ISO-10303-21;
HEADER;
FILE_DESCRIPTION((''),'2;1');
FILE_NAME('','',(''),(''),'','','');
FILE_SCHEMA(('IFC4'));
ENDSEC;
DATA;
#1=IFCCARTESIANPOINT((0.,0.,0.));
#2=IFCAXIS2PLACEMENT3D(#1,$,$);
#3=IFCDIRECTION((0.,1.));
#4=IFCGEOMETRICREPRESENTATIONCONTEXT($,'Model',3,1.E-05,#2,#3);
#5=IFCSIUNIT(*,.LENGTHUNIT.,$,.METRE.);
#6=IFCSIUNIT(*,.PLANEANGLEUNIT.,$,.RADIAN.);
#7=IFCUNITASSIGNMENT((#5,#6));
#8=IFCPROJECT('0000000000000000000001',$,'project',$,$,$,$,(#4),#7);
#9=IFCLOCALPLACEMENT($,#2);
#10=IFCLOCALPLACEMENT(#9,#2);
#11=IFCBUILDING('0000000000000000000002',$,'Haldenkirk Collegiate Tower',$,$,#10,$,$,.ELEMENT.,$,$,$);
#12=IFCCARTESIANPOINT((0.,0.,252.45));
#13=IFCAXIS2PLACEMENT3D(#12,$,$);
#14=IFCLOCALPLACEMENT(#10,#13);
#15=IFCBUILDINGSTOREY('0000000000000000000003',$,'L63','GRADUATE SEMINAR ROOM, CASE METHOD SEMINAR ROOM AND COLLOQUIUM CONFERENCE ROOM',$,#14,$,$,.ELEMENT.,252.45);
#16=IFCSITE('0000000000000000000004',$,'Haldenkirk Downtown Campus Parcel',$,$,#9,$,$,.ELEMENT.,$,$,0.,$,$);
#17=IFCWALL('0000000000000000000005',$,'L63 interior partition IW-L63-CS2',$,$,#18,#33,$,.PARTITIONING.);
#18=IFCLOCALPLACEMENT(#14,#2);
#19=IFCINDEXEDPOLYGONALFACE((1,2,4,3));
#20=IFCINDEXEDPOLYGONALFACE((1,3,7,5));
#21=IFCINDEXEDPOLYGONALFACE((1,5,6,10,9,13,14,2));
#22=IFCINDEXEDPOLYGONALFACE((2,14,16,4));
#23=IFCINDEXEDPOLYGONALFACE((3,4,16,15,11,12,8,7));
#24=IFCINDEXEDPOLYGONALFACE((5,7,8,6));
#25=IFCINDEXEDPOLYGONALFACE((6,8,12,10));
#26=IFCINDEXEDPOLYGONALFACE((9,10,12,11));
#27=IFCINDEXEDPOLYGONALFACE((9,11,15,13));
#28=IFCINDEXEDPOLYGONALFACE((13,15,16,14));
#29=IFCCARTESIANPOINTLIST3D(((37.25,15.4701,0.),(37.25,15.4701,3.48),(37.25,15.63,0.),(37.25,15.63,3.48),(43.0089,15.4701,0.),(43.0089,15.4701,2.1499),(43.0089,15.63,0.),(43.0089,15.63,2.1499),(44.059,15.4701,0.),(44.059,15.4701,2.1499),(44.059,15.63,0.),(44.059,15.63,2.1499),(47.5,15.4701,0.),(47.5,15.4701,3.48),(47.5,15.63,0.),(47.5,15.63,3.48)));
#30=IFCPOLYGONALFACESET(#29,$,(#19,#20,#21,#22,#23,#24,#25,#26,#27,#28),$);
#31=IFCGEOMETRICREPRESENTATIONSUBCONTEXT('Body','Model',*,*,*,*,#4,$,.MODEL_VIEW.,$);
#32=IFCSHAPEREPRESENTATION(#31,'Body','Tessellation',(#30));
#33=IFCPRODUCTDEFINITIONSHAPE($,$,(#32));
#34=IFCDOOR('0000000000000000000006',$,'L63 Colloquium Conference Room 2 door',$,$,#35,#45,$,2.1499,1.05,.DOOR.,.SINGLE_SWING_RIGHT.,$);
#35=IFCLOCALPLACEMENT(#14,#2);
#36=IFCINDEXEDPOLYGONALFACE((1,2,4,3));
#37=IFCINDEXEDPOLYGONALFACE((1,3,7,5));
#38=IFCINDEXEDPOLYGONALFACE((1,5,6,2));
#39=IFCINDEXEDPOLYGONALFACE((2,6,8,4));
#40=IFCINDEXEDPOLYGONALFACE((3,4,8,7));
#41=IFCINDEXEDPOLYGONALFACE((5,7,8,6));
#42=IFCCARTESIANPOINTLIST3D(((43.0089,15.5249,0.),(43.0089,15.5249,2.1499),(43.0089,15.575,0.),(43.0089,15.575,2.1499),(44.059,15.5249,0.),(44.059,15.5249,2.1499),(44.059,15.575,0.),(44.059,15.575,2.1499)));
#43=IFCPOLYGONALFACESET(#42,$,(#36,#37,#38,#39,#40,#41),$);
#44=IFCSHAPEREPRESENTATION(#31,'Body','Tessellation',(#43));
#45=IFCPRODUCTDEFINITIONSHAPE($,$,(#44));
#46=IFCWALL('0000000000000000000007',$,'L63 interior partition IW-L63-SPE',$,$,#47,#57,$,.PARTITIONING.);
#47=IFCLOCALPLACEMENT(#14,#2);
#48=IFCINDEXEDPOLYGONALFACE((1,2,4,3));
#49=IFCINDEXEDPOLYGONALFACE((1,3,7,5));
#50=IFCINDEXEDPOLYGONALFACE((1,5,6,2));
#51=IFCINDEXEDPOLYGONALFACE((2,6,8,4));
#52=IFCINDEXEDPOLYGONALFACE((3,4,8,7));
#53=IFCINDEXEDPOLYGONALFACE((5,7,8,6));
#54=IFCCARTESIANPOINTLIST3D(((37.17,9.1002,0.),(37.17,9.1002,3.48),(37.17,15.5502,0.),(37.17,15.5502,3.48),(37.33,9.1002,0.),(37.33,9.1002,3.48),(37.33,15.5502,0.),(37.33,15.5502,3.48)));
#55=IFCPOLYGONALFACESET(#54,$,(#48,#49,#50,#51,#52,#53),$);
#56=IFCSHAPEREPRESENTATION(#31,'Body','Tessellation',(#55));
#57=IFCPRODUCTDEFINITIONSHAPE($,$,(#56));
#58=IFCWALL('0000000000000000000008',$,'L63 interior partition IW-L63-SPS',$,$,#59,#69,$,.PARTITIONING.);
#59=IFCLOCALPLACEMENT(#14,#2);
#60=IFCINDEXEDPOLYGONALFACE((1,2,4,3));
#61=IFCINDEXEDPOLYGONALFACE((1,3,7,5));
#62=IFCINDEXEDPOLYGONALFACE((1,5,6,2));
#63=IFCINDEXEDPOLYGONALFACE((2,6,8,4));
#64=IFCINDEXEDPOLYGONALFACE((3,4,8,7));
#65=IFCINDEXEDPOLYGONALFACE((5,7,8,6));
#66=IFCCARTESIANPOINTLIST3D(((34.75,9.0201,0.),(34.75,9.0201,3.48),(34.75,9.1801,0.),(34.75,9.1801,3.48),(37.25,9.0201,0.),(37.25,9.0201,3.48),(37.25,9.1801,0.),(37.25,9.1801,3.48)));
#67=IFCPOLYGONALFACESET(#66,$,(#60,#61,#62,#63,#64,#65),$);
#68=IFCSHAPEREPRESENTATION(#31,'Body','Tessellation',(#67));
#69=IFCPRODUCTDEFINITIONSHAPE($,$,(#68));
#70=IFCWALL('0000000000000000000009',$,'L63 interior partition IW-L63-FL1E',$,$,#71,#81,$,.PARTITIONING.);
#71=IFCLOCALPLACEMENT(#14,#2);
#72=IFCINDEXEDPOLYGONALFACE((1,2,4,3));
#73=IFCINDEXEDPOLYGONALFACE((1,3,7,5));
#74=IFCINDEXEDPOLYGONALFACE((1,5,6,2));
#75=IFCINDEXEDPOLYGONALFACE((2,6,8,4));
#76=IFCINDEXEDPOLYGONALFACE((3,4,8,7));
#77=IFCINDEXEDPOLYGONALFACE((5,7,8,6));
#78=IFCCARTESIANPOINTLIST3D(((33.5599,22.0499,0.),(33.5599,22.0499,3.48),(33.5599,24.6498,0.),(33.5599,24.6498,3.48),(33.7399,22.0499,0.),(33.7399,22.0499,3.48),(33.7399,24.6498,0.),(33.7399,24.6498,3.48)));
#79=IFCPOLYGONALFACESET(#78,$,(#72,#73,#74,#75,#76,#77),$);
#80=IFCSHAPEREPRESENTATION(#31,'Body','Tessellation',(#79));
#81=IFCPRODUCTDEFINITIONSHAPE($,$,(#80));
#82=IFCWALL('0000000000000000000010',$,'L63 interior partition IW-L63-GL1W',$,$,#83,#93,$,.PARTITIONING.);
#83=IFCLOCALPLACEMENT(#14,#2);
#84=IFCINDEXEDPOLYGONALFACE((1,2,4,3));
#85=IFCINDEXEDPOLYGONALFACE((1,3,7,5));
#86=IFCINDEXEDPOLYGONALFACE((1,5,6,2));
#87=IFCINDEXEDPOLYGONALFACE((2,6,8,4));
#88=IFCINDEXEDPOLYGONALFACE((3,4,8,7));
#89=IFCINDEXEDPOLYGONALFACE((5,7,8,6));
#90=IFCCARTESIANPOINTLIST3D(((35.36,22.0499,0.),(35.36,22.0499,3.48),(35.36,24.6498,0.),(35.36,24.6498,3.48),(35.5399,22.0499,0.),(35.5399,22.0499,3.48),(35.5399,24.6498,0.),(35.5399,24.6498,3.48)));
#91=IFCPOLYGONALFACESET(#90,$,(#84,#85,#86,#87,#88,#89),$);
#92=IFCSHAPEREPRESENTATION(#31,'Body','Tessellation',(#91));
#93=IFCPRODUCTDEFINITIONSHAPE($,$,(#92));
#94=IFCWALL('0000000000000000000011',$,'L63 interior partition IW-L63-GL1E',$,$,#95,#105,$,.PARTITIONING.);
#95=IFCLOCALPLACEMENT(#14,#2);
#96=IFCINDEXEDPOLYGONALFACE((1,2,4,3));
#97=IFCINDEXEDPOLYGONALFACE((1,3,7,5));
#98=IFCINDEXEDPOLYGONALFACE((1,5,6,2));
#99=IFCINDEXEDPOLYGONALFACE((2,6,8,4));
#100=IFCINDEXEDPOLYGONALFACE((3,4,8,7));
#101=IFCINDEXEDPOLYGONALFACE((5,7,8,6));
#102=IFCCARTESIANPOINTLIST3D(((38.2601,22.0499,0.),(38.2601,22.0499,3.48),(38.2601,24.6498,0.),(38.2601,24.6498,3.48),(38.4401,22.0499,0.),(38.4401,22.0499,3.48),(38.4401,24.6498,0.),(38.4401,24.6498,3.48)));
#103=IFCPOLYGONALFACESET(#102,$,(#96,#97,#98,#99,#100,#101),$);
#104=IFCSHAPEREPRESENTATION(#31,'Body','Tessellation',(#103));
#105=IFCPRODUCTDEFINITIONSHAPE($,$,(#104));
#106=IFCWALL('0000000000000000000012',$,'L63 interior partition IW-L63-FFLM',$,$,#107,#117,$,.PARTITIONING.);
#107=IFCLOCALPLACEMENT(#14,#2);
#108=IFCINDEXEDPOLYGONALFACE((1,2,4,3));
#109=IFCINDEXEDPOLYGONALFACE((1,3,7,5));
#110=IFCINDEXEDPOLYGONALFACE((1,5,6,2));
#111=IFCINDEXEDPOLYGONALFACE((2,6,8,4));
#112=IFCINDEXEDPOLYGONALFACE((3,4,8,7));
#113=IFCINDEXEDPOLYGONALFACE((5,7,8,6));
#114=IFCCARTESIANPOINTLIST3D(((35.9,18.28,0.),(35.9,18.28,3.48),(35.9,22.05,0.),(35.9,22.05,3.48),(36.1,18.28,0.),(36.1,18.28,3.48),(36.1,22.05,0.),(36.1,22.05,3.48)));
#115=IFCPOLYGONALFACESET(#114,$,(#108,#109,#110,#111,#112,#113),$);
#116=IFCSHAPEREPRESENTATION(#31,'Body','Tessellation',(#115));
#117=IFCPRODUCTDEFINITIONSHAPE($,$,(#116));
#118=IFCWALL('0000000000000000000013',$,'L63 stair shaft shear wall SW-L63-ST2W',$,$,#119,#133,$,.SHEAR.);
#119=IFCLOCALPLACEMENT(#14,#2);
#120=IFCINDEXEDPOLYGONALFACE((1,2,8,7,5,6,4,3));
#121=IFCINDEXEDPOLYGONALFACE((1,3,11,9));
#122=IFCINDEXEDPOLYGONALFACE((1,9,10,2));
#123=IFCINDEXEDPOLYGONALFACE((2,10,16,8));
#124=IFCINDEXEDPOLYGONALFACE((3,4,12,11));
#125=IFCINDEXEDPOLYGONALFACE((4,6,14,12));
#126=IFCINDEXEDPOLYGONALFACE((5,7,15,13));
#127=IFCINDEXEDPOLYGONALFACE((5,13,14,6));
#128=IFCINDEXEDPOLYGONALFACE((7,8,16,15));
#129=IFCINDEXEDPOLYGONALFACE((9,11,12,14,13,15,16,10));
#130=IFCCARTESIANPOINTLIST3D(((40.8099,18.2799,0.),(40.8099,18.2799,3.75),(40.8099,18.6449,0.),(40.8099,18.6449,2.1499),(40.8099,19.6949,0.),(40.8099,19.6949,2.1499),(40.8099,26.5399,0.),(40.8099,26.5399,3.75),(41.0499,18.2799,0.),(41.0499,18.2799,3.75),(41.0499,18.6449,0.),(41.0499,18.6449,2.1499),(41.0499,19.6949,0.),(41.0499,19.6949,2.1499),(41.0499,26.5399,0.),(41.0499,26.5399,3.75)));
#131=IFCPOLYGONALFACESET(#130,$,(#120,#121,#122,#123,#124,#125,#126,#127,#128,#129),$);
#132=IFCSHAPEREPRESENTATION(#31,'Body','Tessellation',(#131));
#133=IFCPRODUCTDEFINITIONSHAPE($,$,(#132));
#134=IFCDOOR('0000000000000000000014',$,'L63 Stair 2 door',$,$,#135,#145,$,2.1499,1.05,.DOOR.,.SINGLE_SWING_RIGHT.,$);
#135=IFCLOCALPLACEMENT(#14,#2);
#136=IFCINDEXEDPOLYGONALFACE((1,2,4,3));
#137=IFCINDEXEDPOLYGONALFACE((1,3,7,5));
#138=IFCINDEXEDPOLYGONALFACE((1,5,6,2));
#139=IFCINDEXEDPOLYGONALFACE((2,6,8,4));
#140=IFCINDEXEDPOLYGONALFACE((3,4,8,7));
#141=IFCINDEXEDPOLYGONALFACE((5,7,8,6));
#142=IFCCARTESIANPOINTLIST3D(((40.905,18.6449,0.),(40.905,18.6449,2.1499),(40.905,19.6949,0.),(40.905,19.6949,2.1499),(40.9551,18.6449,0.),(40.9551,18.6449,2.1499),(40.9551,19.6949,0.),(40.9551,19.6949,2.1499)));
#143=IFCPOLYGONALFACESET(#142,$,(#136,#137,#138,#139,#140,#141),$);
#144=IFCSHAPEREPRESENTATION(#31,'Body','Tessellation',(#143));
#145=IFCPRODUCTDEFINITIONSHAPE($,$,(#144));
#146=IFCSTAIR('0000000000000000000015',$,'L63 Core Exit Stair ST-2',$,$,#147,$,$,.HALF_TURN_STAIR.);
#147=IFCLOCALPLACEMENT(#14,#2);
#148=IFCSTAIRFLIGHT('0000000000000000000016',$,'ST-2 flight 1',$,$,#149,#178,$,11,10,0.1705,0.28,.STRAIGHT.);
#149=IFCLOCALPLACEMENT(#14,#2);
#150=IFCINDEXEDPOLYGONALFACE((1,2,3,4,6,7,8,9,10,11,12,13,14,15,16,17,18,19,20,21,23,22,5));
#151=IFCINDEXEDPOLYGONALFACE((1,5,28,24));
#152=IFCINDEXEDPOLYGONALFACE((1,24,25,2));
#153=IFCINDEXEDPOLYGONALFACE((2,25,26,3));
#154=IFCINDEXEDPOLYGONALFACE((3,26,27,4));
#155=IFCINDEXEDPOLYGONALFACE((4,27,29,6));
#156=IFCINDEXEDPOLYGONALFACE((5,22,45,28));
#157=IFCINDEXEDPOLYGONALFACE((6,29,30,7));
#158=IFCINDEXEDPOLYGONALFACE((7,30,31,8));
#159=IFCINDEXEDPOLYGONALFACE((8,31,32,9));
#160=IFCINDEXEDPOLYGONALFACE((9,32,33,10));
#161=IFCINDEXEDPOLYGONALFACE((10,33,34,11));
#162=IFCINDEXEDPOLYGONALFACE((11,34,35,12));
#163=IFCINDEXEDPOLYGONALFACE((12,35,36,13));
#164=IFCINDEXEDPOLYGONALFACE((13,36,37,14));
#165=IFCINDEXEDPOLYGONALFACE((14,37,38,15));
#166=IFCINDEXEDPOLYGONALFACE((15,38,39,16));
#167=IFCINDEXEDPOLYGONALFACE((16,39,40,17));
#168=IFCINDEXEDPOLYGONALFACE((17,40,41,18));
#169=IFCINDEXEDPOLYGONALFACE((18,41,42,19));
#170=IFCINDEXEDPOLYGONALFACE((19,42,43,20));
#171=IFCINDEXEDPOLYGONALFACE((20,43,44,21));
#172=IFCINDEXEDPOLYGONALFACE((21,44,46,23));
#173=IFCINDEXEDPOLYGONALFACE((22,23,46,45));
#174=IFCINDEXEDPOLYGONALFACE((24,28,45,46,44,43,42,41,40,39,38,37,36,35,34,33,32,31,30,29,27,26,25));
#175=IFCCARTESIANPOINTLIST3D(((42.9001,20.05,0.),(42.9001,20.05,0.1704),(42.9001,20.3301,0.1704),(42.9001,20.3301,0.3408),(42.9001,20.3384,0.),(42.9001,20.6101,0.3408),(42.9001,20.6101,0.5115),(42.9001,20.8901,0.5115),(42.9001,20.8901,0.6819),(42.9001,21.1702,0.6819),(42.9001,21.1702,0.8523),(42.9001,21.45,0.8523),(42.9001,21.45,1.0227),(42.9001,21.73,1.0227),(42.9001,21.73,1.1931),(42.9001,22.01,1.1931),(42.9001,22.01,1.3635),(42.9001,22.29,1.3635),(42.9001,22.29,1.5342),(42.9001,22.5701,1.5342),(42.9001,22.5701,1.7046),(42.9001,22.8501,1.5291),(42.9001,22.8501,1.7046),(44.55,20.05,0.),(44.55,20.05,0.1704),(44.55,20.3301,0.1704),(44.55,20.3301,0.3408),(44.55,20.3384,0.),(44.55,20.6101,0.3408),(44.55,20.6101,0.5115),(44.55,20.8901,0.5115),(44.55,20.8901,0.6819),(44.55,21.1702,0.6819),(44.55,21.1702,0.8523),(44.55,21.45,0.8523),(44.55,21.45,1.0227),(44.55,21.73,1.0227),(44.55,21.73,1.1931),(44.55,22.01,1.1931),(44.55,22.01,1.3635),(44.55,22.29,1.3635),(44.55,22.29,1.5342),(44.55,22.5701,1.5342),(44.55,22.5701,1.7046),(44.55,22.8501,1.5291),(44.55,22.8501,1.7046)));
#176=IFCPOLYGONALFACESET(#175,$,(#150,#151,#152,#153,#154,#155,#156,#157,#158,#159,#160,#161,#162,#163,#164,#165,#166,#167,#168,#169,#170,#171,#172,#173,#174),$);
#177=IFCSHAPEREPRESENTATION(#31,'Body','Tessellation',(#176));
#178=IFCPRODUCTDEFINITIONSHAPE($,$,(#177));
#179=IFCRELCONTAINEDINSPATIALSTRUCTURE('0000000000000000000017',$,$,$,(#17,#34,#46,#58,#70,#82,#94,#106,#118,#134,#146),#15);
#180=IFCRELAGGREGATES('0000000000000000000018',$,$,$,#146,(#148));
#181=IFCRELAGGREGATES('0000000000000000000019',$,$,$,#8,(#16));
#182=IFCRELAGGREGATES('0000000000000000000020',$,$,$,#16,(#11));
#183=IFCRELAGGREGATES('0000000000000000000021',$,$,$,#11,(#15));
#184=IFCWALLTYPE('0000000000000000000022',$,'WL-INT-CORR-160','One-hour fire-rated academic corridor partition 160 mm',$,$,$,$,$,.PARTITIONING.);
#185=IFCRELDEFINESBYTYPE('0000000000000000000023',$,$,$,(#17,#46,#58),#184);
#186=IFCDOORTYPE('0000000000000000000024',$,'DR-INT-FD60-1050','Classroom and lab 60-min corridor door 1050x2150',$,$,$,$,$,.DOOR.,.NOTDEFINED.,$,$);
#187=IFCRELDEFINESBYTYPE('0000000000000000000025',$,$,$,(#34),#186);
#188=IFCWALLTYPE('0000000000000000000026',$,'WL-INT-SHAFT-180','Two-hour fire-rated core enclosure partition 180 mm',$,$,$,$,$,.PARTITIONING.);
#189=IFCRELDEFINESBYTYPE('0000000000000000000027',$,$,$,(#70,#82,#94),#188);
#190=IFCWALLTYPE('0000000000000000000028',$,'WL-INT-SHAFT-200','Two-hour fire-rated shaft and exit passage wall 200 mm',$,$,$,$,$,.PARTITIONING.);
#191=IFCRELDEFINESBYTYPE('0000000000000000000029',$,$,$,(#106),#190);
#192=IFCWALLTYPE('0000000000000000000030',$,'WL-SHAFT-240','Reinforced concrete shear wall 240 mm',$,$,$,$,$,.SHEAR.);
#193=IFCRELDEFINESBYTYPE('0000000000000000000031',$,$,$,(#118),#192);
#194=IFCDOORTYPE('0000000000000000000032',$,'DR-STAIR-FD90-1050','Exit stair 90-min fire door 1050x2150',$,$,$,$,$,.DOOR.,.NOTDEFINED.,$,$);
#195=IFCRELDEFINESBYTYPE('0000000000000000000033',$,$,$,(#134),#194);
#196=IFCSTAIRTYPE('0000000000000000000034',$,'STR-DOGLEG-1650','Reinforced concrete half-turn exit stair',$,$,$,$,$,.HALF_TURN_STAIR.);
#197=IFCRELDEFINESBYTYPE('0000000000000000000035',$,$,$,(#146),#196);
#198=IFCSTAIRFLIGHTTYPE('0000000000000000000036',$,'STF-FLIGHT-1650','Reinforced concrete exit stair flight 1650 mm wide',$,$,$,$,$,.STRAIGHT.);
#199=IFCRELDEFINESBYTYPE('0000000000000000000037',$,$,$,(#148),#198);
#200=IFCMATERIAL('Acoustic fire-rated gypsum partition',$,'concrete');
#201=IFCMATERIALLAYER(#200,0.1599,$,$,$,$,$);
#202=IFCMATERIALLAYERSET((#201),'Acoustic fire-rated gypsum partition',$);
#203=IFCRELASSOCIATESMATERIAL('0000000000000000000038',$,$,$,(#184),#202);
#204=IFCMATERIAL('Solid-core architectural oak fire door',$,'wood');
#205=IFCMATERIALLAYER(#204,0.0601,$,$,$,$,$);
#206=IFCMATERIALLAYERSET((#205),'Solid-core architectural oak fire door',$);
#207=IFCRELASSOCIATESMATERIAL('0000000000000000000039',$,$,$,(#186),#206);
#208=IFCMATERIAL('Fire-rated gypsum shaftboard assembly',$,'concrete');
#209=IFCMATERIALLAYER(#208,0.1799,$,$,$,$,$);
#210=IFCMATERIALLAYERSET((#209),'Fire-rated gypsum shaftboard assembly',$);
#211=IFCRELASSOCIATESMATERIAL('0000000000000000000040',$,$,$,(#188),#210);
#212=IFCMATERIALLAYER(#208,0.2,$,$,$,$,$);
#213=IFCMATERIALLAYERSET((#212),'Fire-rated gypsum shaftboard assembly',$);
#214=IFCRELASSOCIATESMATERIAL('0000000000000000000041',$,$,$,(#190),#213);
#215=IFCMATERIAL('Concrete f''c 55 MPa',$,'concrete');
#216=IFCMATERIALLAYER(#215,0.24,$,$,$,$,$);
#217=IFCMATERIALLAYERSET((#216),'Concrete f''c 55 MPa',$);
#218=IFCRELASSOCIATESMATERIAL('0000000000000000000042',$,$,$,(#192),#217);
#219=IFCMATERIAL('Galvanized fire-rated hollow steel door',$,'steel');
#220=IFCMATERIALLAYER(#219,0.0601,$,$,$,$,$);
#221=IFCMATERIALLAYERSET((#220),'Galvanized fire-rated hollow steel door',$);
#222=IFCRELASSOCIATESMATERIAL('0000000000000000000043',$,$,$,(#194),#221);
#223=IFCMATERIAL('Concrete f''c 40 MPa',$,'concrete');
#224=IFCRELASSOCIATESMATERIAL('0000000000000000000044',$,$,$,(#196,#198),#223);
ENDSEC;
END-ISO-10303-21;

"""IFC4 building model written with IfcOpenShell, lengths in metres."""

from ifc_helpers import new_model, si_unit, direction, frame, frame_2d, origin, place, context, subcontext, project, spatial, polyline, rectangle, outline, extrude, material, layer, layer_set, type_object, element, fill, aggregate, save


model = new_model("IFC4")

# Units and contexts
model_context = context("Model", 3, precision=1e-05, world=origin(), true_north=direction((0.0, 1.0)))
body_context = subcontext(model_context, "Body", "Model", "MODEL_VIEW")
ifc_project = project(units=[si_unit("LENGTHUNIT", "METRE"), si_unit("PLANEANGLEUNIT", "RADIAN")], contexts=[model_context])

# Site, building, storey
site_placement = place(None, origin())
site = spatial("IfcSite", under=ifc_project, at=site_placement, Name="Haldenkirk Downtown Campus Parcel", CompositionType="ELEMENT", RefElevation=0.0)
building_placement = place(site_placement, origin())
building = spatial("IfcBuilding", under=site, at=building_placement, Name="Haldenkirk Collegiate Tower", CompositionType="ELEMENT")
storey_placement = place(building_placement, frame((0.0, 0.0, 252.45)))
storey = spatial("IfcBuildingStorey", under=building, at=storey_placement, Name="L63", Description="GRADUATE SEMINAR ROOM, CASE METHOD SEMINAR ROOM AND COLLOQUIUM CONFERENCE ROOM", CompositionType="ELEMENT", Elevation=252.45)

# Wall, opening, door
ifc_material_1 = material(Name="Acoustic fire-rated gypsum partition", Category="concrete")
ifc_layer_1 = layer(ifc_material_1, 0.1599)
ifc_layer_set_1 = layer_set([ifc_layer_1], Name="Acoustic fire-rated gypsum partition")
wall_type_1 = type_object("IfcWallType", Name="WL-INT-CORR-160", Description="One-hour fire-rated academic corridor partition 160 mm", PredefinedType="PARTITIONING", material=ifc_layer_set_1)
wall_1_placement = place(storey_placement, frame((37.25, 15.55, 0.0), z_axis=(0.0, 0.0, 1.0), x_axis=(1.0, 0.0, 0.0)))
wall_1 = element("IfcWall", 1, at=wall_1_placement, inside=storey, type_object=wall_type_1, Name="L63 interior partition IW-L63-CS2", PredefinedType="PARTITIONING", context=body_context, shape_type="SweptSolid", body=[
    extrude(rectangle(XDim=10.25, YDim=0.1599, at=frame_2d((5.125, 0.0))), origin(), (0.0, 0.0, 1.0), 3.48),
])
opening_1_placement = place(wall_1_placement, frame((5.759, 0.0, 0.0)))
opening_1 = element("IfcOpeningElement", 2, at=opening_1_placement, cuts=wall_1, PredefinedType="OPENING", context=body_context, shape_type="SweptSolid", body=[
    extrude(rectangle(XDim=1.05, YDim=2.1499, at=frame_2d((0.5249, 1.075))), frame((0.0, 0.0898, 0.0), z_axis=(0.0, -1.0, 0.0), x_axis=(1.0, 0.0, 0.0)), (0.0, 0.0, 1.0), 0.1799),
])
ifc_material_2 = material(Name="Solid-core architectural oak fire door", Category="wood")
ifc_layer_2 = layer(ifc_material_2, 0.0601)
ifc_layer_set_2 = layer_set([ifc_layer_2], Name="Solid-core architectural oak fire door")
door_type_1 = type_object("IfcDoorType", Name="DR-INT-FD60-1050", Description="Classroom and lab 60-min corridor door 1050x2150", OperationType="NOTDEFINED", PredefinedType="DOOR", material=ifc_layer_set_2)
door_1_placement = place(opening_1_placement, origin())
door_1 = element("IfcDoor", 3, at=door_1_placement, inside=storey, type_object=door_type_1, Name="L63 Colloquium Conference Room 2 door", OperationType="SINGLE_SWING_RIGHT", OverallHeight=2.1499, OverallWidth=1.05, PredefinedType="DOOR", context=body_context, shape_type="SweptSolid", body=[
    extrude(rectangle(XDim=1.05, YDim=2.1499, at=frame_2d((0.5249, 1.075))), frame((0.0, 0.0249, 0.0), z_axis=(0.0, -1.0, 0.0), x_axis=(1.0, 0.0, 0.0)), (0.0, 0.0, 1.0), 0.05),
])
fill(opening_1, door_1)

# Walls
wall_2_placement = place(storey_placement, frame((37.25, 9.1001, 0.0), z_axis=(0.0, 0.0, 1.0), x_axis=(0.0, 1.0, 0.0)))
element("IfcWall", 4, at=wall_2_placement, inside=storey, type_object=wall_type_1, Name="L63 interior partition IW-L63-SPE", PredefinedType="PARTITIONING", context=body_context, shape_type="SweptSolid", body=[
    extrude(rectangle(XDim=6.45, YDim=0.1599, at=frame_2d((3.2251, 0.0))), origin(), (0.0, 0.0, 1.0), 3.48),
])
wall_3_placement = place(storey_placement, frame((34.75, 9.1001, 0.0), z_axis=(0.0, 0.0, 1.0), x_axis=(1.0, 0.0, 0.0)))
element("IfcWall", 5, at=wall_3_placement, inside=storey, type_object=wall_type_1, Name="L63 interior partition IW-L63-SPS", PredefinedType="PARTITIONING", context=body_context, shape_type="SweptSolid", body=[
    extrude(rectangle(XDim=2.5, YDim=0.1599, at=frame_2d((1.25, 0.0))), origin(), (0.0, 0.0, 1.0), 3.48),
])
ifc_material_3 = material(Name="Fire-rated gypsum shaftboard assembly", Category="concrete")
ifc_layer_3 = layer(ifc_material_3, 0.1799)
ifc_layer_set_3 = layer_set([ifc_layer_3], Name="Fire-rated gypsum shaftboard assembly")
wall_type_2 = type_object("IfcWallType", Name="WL-INT-SHAFT-180", Description="Two-hour fire-rated core enclosure partition 180 mm", PredefinedType="PARTITIONING", material=ifc_layer_set_3)
for number, where, z_axis, x_axis, name in (
    (6, (33.6499, 22.05, 0.0), (0.0, 0.0, 1.0), (0.0, 1.0, 0.0), "L63 interior partition IW-L63-FL1E"),
    (7, (35.45, 22.05, 0.0), (0.0, 0.0, 1.0), (0.0, 1.0, 0.0), "L63 interior partition IW-L63-GL1W"),
    (8, (38.3501, 22.05, 0.0), (0.0, 0.0, 1.0), (0.0, 1.0, 0.0), "L63 interior partition IW-L63-GL1E"),
):
    element("IfcWall", number, at=place(storey_placement, frame(where, z_axis=z_axis, x_axis=x_axis)), inside=storey, type_object=wall_type_2, Name=name, PredefinedType="PARTITIONING", context=body_context, shape_type="SweptSolid", body=[
        extrude(rectangle(XDim=2.5999, YDim=0.1799, at=frame_2d((1.2998, 0.0))), origin(), (0.0, 0.0, 1.0), 3.48),
    ])
ifc_layer_4 = layer(ifc_material_3, 0.2)
ifc_layer_set_4 = layer_set([ifc_layer_4], Name="Fire-rated gypsum shaftboard assembly")
wall_type_3 = type_object("IfcWallType", Name="WL-INT-SHAFT-200", Description="Two-hour fire-rated shaft and exit passage wall 200 mm", PredefinedType="PARTITIONING", material=ifc_layer_set_4)
wall_4_placement = place(storey_placement, frame((36.0, 18.28, 0.0), z_axis=(0.0, 0.0, 1.0), x_axis=(0.0, 1.0, 0.0)))
element("IfcWall", 9, at=wall_4_placement, inside=storey, type_object=wall_type_3, Name="L63 interior partition IW-L63-FFLM", PredefinedType="PARTITIONING", context=body_context, shape_type="SweptSolid", body=[
    extrude(rectangle(XDim=3.77, YDim=0.2, at=frame_2d((1.885, 0.0))), origin(), (0.0, 0.0, 1.0), 3.48),
])

# Wall, opening, door
ifc_material_4 = material(Name="Concrete f'c 55 MPa", Category="concrete")
ifc_layer_5 = layer(ifc_material_4, 0.24)
ifc_layer_set_5 = layer_set([ifc_layer_5], Name="Concrete f'c 55 MPa")
wall_type_4 = type_object("IfcWallType", Name="WL-SHAFT-240", Description="Reinforced concrete shear wall 240 mm", PredefinedType="SHEAR", material=ifc_layer_set_5)
wall_5_placement = place(storey_placement, frame((40.9299, 18.28, 0.0), z_axis=(0.0, 0.0, 1.0), x_axis=(0.0, 1.0, 0.0)))
wall_5 = element("IfcWall", 10, at=wall_5_placement, inside=storey, type_object=wall_type_4, Name="L63 stair shaft shear wall SW-L63-ST2W", PredefinedType="SHEAR", context=body_context, shape_type="SweptSolid", body=[
    extrude(rectangle(XDim=8.26, YDim=0.24, at=frame_2d((4.1299, 0.0))), origin(), (0.0, 0.0, 1.0), 3.75),
])
opening_2_placement = place(wall_5_placement, frame((0.365, 0.0, 0.0)))
opening_2 = element("IfcOpeningElement", 11, at=opening_2_placement, cuts=wall_5, PredefinedType="OPENING", context=body_context, shape_type="SweptSolid", body=[
    extrude(rectangle(XDim=1.05, YDim=2.1499, at=frame_2d((0.5249, 1.075))), frame((0.0, 0.1299, 0.0), z_axis=(0.0, -1.0, 0.0), x_axis=(1.0, 0.0, 0.0)), (0.0, 0.0, 1.0), 0.26),
])
ifc_material_5 = material(Name="Galvanized fire-rated hollow steel door", Category="steel")
ifc_layer_6 = layer(ifc_material_5, 0.0601)
ifc_layer_set_6 = layer_set([ifc_layer_6], Name="Galvanized fire-rated hollow steel door")
door_type_2 = type_object("IfcDoorType", Name="DR-STAIR-FD90-1050", Description="Exit stair 90-min fire door 1050x2150", OperationType="NOTDEFINED", PredefinedType="DOOR", material=ifc_layer_set_6)
door_2_placement = place(opening_2_placement, origin())
door_2 = element("IfcDoor", 12, at=door_2_placement, inside=storey, type_object=door_type_2, Name="L63 Stair 2 door", OperationType="SINGLE_SWING_RIGHT", OverallHeight=2.1499, OverallWidth=1.05, PredefinedType="DOOR", context=body_context, shape_type="SweptSolid", body=[
    extrude(rectangle(XDim=1.05, YDim=2.1499, at=frame_2d((0.5249, 1.075))), frame((0.0, 0.0249, 0.0), z_axis=(0.0, -1.0, 0.0), x_axis=(1.0, 0.0, 0.0)), (0.0, 0.0, 1.0), 0.05),
])
fill(opening_2, door_2)

# Stair, stair flight
ifc_material_6 = material(Name="Concrete f'c 40 MPa", Category="concrete")
stair_type = type_object("IfcStairType", Name="STR-DOGLEG-1650", Description="Reinforced concrete half-turn exit stair", PredefinedType="HALF_TURN_STAIR", material=ifc_material_6)
stair_placement = place(storey_placement, origin())
stair = element("IfcStair", 13, at=stair_placement, inside=storey, type_object=stair_type, Name="L63 Core Exit Stair ST-2", PredefinedType="HALF_TURN_STAIR")
stair_flight_type = type_object("IfcStairFlightType", Name="STF-FLIGHT-1650", Description="Reinforced concrete exit stair flight 1650 mm wide", PredefinedType="STRAIGHT", material=ifc_material_6)
stair_flight_1_placement = place(storey_placement, frame((43.7251, 20.05, 0.0), z_axis=(0.0, 0.0, 1.0), x_axis=(0.0, 1.0, 0.0)))
stair_flight_1 = element("IfcStairFlight", 14, at=stair_flight_1_placement, type_object=stair_flight_type, Name="ST-2 flight 1", NumberOfRisers=11, NumberOfTreads=10, PredefinedType="STRAIGHT", RiserHeight=0.1705, TreadLength=0.28, context=body_context, shape_type="SweptSolid", body=[
    extrude(outline(polyline([(0.0, 0.0), (0.0, 0.1704), (0.28, 0.1704), (0.28, 0.3408), (0.5601, 0.3408), (0.5601, 0.5115), (0.8401, 0.5115), (0.8401, 0.6819), (1.1201, 0.6819), (1.1201, 0.8523), (1.3999, 0.8523), (1.3999, 1.0227), (1.6799, 1.0227), (1.6799, 1.1931), (1.96, 1.1931), (1.96, 1.3635), (2.24, 1.3635), (2.24, 1.5342), (2.52, 1.5342), (2.52, 1.7046), (2.8, 1.7046), (2.8, 1.875), (2.8, 1.5291), (0.2883, 0.0), (0.0, 0.0)])), frame((0.0, 0.825, 0.0), z_axis=(0.0, -1.0, 0.0), x_axis=(1.0, 0.0, 0.0)), (0.0, 0.0, 1.0), 1.6499),
])
aggregate(stair, [stair_flight_1])

save(model, "model.ifc")
